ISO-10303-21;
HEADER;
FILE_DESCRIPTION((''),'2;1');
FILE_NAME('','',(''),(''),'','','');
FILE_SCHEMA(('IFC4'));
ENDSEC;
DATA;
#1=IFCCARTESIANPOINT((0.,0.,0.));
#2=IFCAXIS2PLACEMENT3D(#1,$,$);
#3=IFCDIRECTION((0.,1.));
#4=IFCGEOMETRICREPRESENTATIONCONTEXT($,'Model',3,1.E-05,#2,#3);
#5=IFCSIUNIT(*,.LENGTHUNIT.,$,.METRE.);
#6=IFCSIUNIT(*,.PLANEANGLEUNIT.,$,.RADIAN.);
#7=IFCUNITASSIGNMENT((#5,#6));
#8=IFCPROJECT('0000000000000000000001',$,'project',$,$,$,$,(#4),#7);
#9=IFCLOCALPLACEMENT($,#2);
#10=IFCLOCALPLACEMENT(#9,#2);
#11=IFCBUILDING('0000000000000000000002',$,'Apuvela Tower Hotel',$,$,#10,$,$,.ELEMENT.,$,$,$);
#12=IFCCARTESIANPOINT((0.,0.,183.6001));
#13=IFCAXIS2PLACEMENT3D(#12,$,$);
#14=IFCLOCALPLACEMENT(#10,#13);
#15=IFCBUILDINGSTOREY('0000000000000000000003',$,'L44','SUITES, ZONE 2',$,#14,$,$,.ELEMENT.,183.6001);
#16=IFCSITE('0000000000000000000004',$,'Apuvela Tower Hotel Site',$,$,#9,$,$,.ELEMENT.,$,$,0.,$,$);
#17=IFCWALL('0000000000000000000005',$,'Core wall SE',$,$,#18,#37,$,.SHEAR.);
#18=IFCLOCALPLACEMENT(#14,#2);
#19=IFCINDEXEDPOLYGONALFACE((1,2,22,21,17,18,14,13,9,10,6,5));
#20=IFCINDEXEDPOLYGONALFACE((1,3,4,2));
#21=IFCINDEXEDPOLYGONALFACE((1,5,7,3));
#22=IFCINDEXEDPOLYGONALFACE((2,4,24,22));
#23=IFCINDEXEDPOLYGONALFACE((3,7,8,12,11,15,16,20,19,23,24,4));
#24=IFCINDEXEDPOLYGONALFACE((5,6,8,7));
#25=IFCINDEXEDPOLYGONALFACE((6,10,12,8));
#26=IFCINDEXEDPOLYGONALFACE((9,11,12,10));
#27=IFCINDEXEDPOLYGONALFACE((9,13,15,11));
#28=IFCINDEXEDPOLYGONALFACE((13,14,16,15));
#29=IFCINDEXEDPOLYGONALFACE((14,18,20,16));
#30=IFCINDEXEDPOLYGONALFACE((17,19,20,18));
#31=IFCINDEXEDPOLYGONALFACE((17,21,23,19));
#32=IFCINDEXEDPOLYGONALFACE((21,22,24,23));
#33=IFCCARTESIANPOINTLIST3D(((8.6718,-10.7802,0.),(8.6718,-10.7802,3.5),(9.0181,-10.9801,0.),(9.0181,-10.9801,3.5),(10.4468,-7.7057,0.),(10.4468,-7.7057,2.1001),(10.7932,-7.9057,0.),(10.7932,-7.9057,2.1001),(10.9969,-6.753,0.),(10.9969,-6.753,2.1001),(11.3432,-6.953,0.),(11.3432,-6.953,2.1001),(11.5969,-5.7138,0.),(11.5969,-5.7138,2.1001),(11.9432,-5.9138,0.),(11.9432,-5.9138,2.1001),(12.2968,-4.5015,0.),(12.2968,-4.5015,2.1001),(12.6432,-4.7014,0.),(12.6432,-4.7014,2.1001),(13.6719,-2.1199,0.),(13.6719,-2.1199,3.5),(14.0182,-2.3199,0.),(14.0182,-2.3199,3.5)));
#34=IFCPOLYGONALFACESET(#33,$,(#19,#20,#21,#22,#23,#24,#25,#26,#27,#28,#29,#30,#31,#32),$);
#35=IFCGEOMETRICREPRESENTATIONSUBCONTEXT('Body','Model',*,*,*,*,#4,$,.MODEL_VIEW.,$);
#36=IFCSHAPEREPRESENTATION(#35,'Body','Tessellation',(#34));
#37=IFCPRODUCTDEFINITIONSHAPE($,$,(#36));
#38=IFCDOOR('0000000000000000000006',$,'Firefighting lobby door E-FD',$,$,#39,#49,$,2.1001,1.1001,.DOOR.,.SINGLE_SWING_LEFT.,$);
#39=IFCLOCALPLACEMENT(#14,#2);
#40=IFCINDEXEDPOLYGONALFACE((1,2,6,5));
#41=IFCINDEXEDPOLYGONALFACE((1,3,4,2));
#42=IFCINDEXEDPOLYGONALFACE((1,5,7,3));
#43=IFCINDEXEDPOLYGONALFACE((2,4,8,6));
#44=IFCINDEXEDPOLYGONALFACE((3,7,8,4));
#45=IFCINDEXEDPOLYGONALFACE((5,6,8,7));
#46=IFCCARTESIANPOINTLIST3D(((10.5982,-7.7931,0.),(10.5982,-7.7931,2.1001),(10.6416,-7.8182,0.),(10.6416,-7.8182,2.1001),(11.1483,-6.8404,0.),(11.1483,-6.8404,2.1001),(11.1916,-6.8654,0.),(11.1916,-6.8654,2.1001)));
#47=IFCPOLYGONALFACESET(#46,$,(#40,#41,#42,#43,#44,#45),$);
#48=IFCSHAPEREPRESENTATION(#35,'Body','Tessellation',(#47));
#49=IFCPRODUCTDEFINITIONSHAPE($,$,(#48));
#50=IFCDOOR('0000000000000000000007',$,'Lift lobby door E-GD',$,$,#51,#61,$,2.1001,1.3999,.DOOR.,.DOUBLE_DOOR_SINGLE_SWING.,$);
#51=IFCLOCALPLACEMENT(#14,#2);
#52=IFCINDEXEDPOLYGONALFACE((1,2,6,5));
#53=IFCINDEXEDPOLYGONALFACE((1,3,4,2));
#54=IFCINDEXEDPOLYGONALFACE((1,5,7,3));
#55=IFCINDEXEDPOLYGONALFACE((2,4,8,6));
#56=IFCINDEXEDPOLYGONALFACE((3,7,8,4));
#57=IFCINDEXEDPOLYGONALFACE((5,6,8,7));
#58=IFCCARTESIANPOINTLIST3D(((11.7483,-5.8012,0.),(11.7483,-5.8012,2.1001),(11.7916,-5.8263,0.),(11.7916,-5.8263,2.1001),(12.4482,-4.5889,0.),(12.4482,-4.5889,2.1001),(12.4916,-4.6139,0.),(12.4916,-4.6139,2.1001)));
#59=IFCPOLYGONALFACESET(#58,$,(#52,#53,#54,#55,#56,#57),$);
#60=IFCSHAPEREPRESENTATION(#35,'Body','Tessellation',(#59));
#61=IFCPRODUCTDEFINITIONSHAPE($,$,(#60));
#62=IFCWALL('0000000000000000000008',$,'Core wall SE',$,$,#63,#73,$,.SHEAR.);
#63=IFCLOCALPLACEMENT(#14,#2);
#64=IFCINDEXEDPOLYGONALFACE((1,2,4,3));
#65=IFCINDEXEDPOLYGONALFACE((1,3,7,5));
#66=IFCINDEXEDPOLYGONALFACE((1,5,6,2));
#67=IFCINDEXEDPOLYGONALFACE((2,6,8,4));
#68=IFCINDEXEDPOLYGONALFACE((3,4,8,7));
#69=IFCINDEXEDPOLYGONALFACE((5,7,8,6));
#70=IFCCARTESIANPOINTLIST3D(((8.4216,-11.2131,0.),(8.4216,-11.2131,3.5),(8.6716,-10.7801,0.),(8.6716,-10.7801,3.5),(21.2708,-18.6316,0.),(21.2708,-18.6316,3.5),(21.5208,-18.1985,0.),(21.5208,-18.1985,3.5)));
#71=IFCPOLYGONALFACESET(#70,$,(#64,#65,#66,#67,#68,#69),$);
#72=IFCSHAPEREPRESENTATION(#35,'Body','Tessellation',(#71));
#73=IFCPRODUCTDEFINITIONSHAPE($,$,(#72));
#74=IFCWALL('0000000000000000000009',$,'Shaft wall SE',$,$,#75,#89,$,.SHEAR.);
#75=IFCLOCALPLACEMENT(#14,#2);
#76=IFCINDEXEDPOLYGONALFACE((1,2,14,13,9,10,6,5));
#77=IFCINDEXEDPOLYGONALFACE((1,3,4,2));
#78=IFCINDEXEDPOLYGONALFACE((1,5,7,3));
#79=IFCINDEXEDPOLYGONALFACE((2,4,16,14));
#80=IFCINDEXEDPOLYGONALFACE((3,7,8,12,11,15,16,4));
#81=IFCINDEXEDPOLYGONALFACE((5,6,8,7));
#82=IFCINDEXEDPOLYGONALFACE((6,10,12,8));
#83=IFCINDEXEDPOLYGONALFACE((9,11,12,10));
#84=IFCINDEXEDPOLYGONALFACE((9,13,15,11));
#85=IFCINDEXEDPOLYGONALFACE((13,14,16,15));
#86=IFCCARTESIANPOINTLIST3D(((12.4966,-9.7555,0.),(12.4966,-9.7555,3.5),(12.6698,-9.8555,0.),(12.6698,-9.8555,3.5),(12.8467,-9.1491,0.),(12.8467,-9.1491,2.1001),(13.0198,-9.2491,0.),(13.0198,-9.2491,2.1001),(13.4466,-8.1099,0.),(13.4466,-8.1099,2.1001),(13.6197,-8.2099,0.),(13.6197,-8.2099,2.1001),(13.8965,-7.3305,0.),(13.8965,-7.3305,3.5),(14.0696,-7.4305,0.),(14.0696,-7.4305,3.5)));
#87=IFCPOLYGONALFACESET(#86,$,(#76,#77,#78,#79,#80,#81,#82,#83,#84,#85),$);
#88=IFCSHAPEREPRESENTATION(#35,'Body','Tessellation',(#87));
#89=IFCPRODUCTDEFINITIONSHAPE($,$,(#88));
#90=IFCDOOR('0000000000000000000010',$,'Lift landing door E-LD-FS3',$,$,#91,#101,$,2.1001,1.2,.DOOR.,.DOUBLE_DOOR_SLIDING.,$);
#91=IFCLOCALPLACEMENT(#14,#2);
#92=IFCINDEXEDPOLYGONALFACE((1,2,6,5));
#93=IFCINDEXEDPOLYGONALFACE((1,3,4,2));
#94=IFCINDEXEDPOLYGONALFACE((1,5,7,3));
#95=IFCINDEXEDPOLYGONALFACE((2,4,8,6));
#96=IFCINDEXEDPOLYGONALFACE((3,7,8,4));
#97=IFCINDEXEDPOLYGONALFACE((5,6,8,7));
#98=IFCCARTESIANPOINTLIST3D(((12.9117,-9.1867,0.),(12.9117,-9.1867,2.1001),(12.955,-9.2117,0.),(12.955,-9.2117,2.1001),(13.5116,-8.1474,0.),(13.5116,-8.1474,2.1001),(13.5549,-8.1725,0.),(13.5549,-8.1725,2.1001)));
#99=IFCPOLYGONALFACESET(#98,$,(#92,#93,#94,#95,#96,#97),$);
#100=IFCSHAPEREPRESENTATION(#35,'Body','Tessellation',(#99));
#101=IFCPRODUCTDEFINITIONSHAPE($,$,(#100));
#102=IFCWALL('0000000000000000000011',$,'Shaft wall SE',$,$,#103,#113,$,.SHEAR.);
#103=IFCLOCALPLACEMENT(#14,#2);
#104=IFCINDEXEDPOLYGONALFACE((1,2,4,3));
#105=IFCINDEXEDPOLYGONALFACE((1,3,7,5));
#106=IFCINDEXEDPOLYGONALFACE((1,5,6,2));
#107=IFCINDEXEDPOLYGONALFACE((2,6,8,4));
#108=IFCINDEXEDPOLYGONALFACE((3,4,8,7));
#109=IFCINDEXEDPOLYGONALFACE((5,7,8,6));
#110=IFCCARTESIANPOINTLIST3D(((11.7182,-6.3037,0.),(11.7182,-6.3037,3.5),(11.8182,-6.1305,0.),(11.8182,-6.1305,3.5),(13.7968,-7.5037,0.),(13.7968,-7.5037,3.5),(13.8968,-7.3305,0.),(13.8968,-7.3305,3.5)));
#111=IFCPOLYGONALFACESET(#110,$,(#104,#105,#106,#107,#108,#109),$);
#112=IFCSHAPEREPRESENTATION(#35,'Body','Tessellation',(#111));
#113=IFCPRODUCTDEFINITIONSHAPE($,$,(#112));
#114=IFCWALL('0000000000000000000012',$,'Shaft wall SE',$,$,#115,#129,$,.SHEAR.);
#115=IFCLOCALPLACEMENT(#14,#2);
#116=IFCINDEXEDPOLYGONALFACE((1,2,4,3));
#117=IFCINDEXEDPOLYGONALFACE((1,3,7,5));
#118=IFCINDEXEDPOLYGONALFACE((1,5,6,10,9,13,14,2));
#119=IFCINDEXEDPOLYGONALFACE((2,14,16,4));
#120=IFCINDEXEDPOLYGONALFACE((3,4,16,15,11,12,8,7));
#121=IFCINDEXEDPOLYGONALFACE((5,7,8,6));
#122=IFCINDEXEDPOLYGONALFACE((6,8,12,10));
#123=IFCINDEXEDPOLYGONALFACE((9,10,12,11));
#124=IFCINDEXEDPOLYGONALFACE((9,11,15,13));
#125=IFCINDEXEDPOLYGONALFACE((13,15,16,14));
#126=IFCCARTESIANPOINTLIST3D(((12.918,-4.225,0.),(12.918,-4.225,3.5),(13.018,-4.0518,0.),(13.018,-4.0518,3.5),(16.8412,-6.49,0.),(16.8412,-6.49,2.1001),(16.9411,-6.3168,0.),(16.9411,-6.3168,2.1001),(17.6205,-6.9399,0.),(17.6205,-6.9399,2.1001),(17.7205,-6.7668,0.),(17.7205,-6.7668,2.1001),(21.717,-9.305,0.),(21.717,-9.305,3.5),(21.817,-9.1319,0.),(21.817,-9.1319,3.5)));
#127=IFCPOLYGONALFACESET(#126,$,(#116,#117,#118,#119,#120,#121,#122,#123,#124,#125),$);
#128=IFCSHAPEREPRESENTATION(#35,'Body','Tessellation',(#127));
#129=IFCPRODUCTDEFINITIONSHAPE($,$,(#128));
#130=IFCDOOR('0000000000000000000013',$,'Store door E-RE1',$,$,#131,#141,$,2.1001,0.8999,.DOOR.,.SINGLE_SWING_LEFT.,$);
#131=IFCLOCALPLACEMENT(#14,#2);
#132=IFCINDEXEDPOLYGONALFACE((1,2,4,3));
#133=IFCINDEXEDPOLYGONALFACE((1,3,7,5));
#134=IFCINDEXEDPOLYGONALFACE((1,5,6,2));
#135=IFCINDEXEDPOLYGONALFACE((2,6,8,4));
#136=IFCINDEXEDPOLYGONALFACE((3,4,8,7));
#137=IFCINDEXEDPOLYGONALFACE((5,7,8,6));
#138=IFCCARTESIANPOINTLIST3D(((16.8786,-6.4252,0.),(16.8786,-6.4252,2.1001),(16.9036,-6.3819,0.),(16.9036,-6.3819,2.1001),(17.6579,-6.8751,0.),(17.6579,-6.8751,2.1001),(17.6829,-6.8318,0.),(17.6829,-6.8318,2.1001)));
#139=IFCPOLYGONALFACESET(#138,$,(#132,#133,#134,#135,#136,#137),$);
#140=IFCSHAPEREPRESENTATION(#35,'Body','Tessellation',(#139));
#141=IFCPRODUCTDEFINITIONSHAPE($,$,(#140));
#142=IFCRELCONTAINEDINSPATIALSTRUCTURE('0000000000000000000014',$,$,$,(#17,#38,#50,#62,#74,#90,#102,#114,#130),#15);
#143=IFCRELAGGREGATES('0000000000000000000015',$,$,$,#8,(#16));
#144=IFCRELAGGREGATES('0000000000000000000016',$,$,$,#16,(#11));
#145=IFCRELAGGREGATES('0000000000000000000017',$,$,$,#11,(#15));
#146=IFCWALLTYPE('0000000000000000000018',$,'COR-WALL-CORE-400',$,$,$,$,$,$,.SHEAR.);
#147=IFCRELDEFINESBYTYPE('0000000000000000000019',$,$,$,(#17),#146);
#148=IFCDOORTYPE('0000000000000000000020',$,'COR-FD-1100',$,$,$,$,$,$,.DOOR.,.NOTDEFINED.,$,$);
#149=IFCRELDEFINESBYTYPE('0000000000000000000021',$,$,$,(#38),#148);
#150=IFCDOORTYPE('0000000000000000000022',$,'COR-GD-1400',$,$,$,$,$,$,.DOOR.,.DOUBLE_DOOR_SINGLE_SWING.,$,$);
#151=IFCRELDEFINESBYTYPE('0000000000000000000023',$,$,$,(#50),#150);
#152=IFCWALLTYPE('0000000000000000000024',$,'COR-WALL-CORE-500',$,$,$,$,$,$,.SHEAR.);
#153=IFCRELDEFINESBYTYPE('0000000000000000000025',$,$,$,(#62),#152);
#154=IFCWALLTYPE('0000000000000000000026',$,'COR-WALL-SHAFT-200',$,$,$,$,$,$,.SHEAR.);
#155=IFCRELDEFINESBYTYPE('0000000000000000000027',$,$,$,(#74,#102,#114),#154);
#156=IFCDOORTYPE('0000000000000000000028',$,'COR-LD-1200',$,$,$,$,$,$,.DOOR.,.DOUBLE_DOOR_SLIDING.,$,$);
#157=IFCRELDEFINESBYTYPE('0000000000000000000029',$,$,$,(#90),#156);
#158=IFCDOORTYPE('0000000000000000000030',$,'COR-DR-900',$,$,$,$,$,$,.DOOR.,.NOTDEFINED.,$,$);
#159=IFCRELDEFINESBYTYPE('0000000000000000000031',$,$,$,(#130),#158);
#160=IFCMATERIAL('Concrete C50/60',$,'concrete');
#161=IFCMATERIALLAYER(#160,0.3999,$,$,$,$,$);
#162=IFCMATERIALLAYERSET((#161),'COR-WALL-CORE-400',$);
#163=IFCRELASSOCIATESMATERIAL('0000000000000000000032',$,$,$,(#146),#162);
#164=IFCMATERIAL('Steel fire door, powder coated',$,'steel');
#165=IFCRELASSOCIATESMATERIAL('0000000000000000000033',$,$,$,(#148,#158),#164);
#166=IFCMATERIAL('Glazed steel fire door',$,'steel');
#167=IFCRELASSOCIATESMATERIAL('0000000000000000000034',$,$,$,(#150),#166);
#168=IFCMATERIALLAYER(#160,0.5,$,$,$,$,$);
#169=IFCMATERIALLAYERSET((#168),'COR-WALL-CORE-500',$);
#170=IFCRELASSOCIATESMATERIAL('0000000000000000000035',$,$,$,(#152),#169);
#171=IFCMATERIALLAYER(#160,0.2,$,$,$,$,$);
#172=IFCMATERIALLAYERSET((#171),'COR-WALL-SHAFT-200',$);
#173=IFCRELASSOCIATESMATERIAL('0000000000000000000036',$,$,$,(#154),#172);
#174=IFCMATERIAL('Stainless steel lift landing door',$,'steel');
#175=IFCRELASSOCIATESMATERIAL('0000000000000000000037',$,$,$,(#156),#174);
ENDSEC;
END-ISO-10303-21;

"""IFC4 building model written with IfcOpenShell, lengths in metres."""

from ifc_helpers import new_model, si_unit, direction, frame, frame_2d, origin, place, context, subcontext, project, spatial, rectangle, extrude, material, layer, layer_set, type_object, element, fill, save


model = new_model("IFC4")

# Units and contexts
model_context = context("Model", 3, precision=1e-05, world=origin(), true_north=direction((0.0, 1.0)))
body_context = subcontext(model_context, "Body", "Model", "MODEL_VIEW")
ifc_project = project(units=[si_unit("LENGTHUNIT", "METRE"), si_unit("PLANEANGLEUNIT", "RADIAN")], contexts=[model_context])

# Site, building, storey
site_placement = place(None, origin())
site = spatial("IfcSite", under=ifc_project, at=site_placement, Name="Apuvela Tower Hotel Site", CompositionType="ELEMENT", RefElevation=0.0)
building_placement = place(site_placement, origin())
building = spatial("IfcBuilding", under=site, at=building_placement, Name="Apuvela Tower Hotel", CompositionType="ELEMENT")
storey_placement = place(building_placement, frame((0.0, 0.0, 183.6001)))
storey = spatial("IfcBuildingStorey", under=building, at=storey_placement, Name="L44", Description="SUITES, ZONE 2", CompositionType="ELEMENT", Elevation=183.6001)

# Shared definitions
ifc_material_1 = material(Name="Concrete C50/60", Category="concrete")

# Wall, openings, doors
ifc_layer_1 = layer(ifc_material_1, 0.3999)
ifc_layer_set_1 = layer_set([ifc_layer_1], Name="COR-WALL-CORE-400")
wall_type_1 = type_object("IfcWallType", Name="COR-WALL-CORE-400", PredefinedType="SHEAR", material=ifc_layer_set_1)
wall_1_placement = place(storey_placement, frame((8.845, -10.8801, 0.0), z_axis=(0.0, 0.0, 1.0), x_axis=(0.500004, 0.866023, 0.0)))
wall_1 = element("IfcWall", 1, at=wall_1_placement, inside=storey, type_object=wall_type_1, Name="Core wall SE", PredefinedType="SHEAR", context=body_context, shape_type="SweptSolid", body=[
    extrude(rectangle(XDim=10.0, YDim=0.3999, at=frame_2d((5.0, 0.0))), origin(), (0.0, 0.0, 1.0), 3.5),
])
opening_1_placement = place(wall_1_placement, frame((3.55, 0.0, 0.0)))
opening_1 = element("IfcOpeningElement", 2, at=opening_1_placement, cuts=wall_1, PredefinedType="OPENING", context=body_context, shape_type="SweptSolid", body=[
    extrude(rectangle(XDim=1.1001, YDim=2.1001, at=frame_2d((0.55, 1.05))), frame((0.0, 0.21, 0.0), z_axis=(0.0, -1.0, 0.0), x_axis=(1.0, 0.0, 0.0)), (0.0, 0.0, 1.0), 0.4199),
])
opening_2_placement = place(wall_1_placement, frame((5.8501, 0.0, 0.0)))
opening_2 = element("IfcOpeningElement", 3, at=opening_2_placement, cuts=wall_1, PredefinedType="OPENING", context=body_context, shape_type="SweptSolid", body=[
    extrude(rectangle(XDim=1.3999, YDim=2.1001, at=frame_2d((0.7, 1.05))), frame((0.0, 0.21, 0.0), z_axis=(0.0, -1.0, 0.0), x_axis=(1.0, 0.0, 0.0)), (0.0, 0.0, 1.0), 0.4199),
])
ifc_material_2 = material(Name="Steel fire door, powder coated", Category="steel")
door_type_1 = type_object("IfcDoorType", Name="COR-FD-1100", OperationType="NOTDEFINED", PredefinedType="DOOR", material=ifc_material_2)
door_1_placement = place(opening_1_placement, frame((1.1001, 0.0, 0.0), z_axis=(0.0, 0.0, 1.0), x_axis=(-1.0, 0.0, 0.0)))
door_1 = element("IfcDoor", 4, at=door_1_placement, inside=storey, type_object=door_type_1, Name="Firefighting lobby door E-FD", OperationType="SINGLE_SWING_LEFT", OverallHeight=2.1001, OverallWidth=1.1001, PredefinedType="DOOR", context=body_context, shape_type="SweptSolid", body=[
    extrude(rectangle(XDim=1.1001, YDim=2.1001, at=frame_2d((0.55, 1.05))), frame((0.0, 0.0249, 0.0), z_axis=(0.0, -1.0, 0.0), x_axis=(1.0, 0.0, 0.0)), (0.0, 0.0, 1.0), 0.05),
])
fill(opening_1, door_1)
ifc_material_3 = material(Name="Glazed steel fire door", Category="steel")
door_type_2 = type_object("IfcDoorType", Name="COR-GD-1400", OperationType="DOUBLE_DOOR_SINGLE_SWING", PredefinedType="DOOR", material=ifc_material_3)
door_2_placement = place(opening_2_placement, frame((1.3999, 0.0, 0.0), z_axis=(0.0, 0.0, 1.0), x_axis=(-1.0, 0.0, 0.0)))
door_2 = element("IfcDoor", 5, at=door_2_placement, inside=storey, type_object=door_type_2, Name="Lift lobby door E-GD", OperationType="DOUBLE_DOOR_SINGLE_SWING", OverallHeight=2.1001, OverallWidth=1.3999, PredefinedType="DOOR", context=body_context, shape_type="SweptSolid", body=[
    extrude(rectangle(XDim=1.3999, YDim=2.1001, at=frame_2d((0.7, 1.05))), frame((0.0, 0.0249, 0.0), z_axis=(0.0, -1.0, 0.0), x_axis=(1.0, 0.0, 0.0)), (0.0, 0.0, 1.0), 0.05),
])
fill(opening_2, door_2)

# Wall
ifc_layer_2 = layer(ifc_material_1, 0.5)
ifc_layer_set_2 = layer_set([ifc_layer_2], Name="COR-WALL-CORE-500")
wall_type_2 = type_object("IfcWallType", Name="COR-WALL-CORE-500", PredefinedType="SHEAR", material=ifc_layer_set_2)
wall_2_placement = place(storey_placement, frame((8.5466, -10.9966, 0.0), z_axis=(0.0, 0.0, 1.0), x_axis=(0.866025, -0.500001, 0.0)))
element("IfcWall", 6, at=wall_2_placement, inside=storey, type_object=wall_type_2, Name="Core wall SE", PredefinedType="SHEAR", context=body_context, shape_type="SweptSolid", body=[
    extrude(rectangle(XDim=14.8369, YDim=0.5, at=frame_2d((7.4185, 0.0))), origin(), (0.0, 0.0, 1.0), 3.5),
])

# Wall, opening, door
ifc_layer_3 = layer(ifc_material_1, 0.2)
ifc_layer_set_3 = layer_set([ifc_layer_3], Name="COR-WALL-SHAFT-200")
wall_type_3 = type_object("IfcWallType", Name="COR-WALL-SHAFT-200", PredefinedType="SHEAR", material=ifc_layer_set_3)
wall_3_placement = place(storey_placement, frame((12.5833, -9.8054, 0.0), z_axis=(0.0, 0.0, 1.0), x_axis=(0.499946, 0.866056, 0.0)))
wall_3 = element("IfcWall", 7, at=wall_3_placement, inside=storey, type_object=wall_type_3, Name="Shaft wall SE", PredefinedType="SHEAR", context=body_context, shape_type="SweptSolid", body=[
    extrude(rectangle(XDim=2.8, YDim=0.2, at=frame_2d((1.3999, 0.0))), origin(), (0.0, 0.0, 1.0), 3.5),
])
opening_3_placement = place(wall_3_placement, frame((0.7, 0.0, 0.0)))
opening_3 = element("IfcOpeningElement", 8, at=opening_3_placement, cuts=wall_3, PredefinedType="OPENING", context=body_context, shape_type="SweptSolid", body=[
    extrude(rectangle(XDim=1.2, YDim=2.1001, at=frame_2d((0.6001, 1.05))), frame((0.0, 0.1099, 0.0), z_axis=(0.0, -1.0, 0.0), x_axis=(1.0, 0.0, 0.0)), (0.0, 0.0, 1.0), 0.22),
])
ifc_material_4 = material(Name="Stainless steel lift landing door", Category="steel")
door_type_3 = type_object("IfcDoorType", Name="COR-LD-1200", OperationType="DOUBLE_DOOR_SLIDING", PredefinedType="DOOR", material=ifc_material_4)
door_3_placement = place(opening_3_placement, origin())
door_3 = element("IfcDoor", 9, at=door_3_placement, inside=storey, type_object=door_type_3, Name="Lift landing door E-LD-FS3", OperationType="DOUBLE_DOOR_SLIDING", OverallHeight=2.1001, OverallWidth=1.2, PredefinedType="DOOR", context=body_context, shape_type="SweptSolid", body=[
    extrude(rectangle(XDim=1.2, YDim=2.1001, at=frame_2d((0.6001, 1.05))), frame((0.0, 0.0249, 0.0), z_axis=(0.0, -1.0, 0.0), x_axis=(1.0, 0.0, 0.0)), (0.0, 0.0, 1.0), 0.05),
])
fill(opening_3, door_3)

# Wall
wall_4_placement = place(storey_placement, frame((11.7681, -6.217, 0.0), z_axis=(0.0, 0.0, 1.0), x_axis=(0.86605, -0.499957, 0.0)))
element("IfcWall", 10, at=wall_4_placement, inside=storey, type_object=wall_type_3, Name="Shaft wall SE", PredefinedType="SHEAR", context=body_context, shape_type="SweptSolid", body=[
    extrude(rectangle(XDim=2.4001, YDim=0.2, at=frame_2d((1.2002, 0.0))), origin(), (0.0, 0.0, 1.0), 3.5),
])

# Wall, opening, door
wall_5_placement = place(storey_placement, frame((12.968, -4.1384, 0.0), z_axis=(0.0, 0.0, 1.0), x_axis=(0.866028, -0.499995, 0.0)))
wall_5 = element("IfcWall", 11, at=wall_5_placement, inside=storey, type_object=wall_type_3, Name="Shaft wall SE", PredefinedType="SHEAR", context=body_context, shape_type="SweptSolid", body=[
    extrude(rectangle(XDim=10.1602, YDim=0.2, at=frame_2d((5.0801, 0.0))), origin(), (0.0, 0.0, 1.0), 3.5),
])
opening_4_placement = place(wall_5_placement, frame((4.53, 0.0, 0.0)))
opening_4 = element("IfcOpeningElement", 12, at=opening_4_placement, cuts=wall_5, PredefinedType="OPENING", context=body_context, shape_type="SweptSolid", body=[
    extrude(rectangle(XDim=0.8999, YDim=2.1001, at=frame_2d((0.45, 1.05))), frame((0.0, 0.1099, 0.0), z_axis=(0.0, -1.0, 0.0), x_axis=(1.0, 0.0, 0.0)), (0.0, 0.0, 1.0), 0.22),
])
door_type_4 = type_object("IfcDoorType", Name="COR-DR-900", OperationType="NOTDEFINED", PredefinedType="DOOR", material=ifc_material_2)
door_4_placement = place(opening_4_placement, origin())
door_4 = element("IfcDoor", 13, at=door_4_placement, inside=storey, type_object=door_type_4, Name="Store door E-RE1", OperationType="SINGLE_SWING_LEFT", OverallHeight=2.1001, OverallWidth=0.8999, PredefinedType="DOOR", context=body_context, shape_type="SweptSolid", body=[
    extrude(rectangle(XDim=0.8999, YDim=2.1001, at=frame_2d((0.45, 1.05))), frame((0.0, 0.0249, 0.0), z_axis=(0.0, -1.0, 0.0), x_axis=(1.0, 0.0, 0.0)), (0.0, 0.0, 1.0), 0.05),
])
fill(opening_4, door_4)

save(model, "model.ifc")
